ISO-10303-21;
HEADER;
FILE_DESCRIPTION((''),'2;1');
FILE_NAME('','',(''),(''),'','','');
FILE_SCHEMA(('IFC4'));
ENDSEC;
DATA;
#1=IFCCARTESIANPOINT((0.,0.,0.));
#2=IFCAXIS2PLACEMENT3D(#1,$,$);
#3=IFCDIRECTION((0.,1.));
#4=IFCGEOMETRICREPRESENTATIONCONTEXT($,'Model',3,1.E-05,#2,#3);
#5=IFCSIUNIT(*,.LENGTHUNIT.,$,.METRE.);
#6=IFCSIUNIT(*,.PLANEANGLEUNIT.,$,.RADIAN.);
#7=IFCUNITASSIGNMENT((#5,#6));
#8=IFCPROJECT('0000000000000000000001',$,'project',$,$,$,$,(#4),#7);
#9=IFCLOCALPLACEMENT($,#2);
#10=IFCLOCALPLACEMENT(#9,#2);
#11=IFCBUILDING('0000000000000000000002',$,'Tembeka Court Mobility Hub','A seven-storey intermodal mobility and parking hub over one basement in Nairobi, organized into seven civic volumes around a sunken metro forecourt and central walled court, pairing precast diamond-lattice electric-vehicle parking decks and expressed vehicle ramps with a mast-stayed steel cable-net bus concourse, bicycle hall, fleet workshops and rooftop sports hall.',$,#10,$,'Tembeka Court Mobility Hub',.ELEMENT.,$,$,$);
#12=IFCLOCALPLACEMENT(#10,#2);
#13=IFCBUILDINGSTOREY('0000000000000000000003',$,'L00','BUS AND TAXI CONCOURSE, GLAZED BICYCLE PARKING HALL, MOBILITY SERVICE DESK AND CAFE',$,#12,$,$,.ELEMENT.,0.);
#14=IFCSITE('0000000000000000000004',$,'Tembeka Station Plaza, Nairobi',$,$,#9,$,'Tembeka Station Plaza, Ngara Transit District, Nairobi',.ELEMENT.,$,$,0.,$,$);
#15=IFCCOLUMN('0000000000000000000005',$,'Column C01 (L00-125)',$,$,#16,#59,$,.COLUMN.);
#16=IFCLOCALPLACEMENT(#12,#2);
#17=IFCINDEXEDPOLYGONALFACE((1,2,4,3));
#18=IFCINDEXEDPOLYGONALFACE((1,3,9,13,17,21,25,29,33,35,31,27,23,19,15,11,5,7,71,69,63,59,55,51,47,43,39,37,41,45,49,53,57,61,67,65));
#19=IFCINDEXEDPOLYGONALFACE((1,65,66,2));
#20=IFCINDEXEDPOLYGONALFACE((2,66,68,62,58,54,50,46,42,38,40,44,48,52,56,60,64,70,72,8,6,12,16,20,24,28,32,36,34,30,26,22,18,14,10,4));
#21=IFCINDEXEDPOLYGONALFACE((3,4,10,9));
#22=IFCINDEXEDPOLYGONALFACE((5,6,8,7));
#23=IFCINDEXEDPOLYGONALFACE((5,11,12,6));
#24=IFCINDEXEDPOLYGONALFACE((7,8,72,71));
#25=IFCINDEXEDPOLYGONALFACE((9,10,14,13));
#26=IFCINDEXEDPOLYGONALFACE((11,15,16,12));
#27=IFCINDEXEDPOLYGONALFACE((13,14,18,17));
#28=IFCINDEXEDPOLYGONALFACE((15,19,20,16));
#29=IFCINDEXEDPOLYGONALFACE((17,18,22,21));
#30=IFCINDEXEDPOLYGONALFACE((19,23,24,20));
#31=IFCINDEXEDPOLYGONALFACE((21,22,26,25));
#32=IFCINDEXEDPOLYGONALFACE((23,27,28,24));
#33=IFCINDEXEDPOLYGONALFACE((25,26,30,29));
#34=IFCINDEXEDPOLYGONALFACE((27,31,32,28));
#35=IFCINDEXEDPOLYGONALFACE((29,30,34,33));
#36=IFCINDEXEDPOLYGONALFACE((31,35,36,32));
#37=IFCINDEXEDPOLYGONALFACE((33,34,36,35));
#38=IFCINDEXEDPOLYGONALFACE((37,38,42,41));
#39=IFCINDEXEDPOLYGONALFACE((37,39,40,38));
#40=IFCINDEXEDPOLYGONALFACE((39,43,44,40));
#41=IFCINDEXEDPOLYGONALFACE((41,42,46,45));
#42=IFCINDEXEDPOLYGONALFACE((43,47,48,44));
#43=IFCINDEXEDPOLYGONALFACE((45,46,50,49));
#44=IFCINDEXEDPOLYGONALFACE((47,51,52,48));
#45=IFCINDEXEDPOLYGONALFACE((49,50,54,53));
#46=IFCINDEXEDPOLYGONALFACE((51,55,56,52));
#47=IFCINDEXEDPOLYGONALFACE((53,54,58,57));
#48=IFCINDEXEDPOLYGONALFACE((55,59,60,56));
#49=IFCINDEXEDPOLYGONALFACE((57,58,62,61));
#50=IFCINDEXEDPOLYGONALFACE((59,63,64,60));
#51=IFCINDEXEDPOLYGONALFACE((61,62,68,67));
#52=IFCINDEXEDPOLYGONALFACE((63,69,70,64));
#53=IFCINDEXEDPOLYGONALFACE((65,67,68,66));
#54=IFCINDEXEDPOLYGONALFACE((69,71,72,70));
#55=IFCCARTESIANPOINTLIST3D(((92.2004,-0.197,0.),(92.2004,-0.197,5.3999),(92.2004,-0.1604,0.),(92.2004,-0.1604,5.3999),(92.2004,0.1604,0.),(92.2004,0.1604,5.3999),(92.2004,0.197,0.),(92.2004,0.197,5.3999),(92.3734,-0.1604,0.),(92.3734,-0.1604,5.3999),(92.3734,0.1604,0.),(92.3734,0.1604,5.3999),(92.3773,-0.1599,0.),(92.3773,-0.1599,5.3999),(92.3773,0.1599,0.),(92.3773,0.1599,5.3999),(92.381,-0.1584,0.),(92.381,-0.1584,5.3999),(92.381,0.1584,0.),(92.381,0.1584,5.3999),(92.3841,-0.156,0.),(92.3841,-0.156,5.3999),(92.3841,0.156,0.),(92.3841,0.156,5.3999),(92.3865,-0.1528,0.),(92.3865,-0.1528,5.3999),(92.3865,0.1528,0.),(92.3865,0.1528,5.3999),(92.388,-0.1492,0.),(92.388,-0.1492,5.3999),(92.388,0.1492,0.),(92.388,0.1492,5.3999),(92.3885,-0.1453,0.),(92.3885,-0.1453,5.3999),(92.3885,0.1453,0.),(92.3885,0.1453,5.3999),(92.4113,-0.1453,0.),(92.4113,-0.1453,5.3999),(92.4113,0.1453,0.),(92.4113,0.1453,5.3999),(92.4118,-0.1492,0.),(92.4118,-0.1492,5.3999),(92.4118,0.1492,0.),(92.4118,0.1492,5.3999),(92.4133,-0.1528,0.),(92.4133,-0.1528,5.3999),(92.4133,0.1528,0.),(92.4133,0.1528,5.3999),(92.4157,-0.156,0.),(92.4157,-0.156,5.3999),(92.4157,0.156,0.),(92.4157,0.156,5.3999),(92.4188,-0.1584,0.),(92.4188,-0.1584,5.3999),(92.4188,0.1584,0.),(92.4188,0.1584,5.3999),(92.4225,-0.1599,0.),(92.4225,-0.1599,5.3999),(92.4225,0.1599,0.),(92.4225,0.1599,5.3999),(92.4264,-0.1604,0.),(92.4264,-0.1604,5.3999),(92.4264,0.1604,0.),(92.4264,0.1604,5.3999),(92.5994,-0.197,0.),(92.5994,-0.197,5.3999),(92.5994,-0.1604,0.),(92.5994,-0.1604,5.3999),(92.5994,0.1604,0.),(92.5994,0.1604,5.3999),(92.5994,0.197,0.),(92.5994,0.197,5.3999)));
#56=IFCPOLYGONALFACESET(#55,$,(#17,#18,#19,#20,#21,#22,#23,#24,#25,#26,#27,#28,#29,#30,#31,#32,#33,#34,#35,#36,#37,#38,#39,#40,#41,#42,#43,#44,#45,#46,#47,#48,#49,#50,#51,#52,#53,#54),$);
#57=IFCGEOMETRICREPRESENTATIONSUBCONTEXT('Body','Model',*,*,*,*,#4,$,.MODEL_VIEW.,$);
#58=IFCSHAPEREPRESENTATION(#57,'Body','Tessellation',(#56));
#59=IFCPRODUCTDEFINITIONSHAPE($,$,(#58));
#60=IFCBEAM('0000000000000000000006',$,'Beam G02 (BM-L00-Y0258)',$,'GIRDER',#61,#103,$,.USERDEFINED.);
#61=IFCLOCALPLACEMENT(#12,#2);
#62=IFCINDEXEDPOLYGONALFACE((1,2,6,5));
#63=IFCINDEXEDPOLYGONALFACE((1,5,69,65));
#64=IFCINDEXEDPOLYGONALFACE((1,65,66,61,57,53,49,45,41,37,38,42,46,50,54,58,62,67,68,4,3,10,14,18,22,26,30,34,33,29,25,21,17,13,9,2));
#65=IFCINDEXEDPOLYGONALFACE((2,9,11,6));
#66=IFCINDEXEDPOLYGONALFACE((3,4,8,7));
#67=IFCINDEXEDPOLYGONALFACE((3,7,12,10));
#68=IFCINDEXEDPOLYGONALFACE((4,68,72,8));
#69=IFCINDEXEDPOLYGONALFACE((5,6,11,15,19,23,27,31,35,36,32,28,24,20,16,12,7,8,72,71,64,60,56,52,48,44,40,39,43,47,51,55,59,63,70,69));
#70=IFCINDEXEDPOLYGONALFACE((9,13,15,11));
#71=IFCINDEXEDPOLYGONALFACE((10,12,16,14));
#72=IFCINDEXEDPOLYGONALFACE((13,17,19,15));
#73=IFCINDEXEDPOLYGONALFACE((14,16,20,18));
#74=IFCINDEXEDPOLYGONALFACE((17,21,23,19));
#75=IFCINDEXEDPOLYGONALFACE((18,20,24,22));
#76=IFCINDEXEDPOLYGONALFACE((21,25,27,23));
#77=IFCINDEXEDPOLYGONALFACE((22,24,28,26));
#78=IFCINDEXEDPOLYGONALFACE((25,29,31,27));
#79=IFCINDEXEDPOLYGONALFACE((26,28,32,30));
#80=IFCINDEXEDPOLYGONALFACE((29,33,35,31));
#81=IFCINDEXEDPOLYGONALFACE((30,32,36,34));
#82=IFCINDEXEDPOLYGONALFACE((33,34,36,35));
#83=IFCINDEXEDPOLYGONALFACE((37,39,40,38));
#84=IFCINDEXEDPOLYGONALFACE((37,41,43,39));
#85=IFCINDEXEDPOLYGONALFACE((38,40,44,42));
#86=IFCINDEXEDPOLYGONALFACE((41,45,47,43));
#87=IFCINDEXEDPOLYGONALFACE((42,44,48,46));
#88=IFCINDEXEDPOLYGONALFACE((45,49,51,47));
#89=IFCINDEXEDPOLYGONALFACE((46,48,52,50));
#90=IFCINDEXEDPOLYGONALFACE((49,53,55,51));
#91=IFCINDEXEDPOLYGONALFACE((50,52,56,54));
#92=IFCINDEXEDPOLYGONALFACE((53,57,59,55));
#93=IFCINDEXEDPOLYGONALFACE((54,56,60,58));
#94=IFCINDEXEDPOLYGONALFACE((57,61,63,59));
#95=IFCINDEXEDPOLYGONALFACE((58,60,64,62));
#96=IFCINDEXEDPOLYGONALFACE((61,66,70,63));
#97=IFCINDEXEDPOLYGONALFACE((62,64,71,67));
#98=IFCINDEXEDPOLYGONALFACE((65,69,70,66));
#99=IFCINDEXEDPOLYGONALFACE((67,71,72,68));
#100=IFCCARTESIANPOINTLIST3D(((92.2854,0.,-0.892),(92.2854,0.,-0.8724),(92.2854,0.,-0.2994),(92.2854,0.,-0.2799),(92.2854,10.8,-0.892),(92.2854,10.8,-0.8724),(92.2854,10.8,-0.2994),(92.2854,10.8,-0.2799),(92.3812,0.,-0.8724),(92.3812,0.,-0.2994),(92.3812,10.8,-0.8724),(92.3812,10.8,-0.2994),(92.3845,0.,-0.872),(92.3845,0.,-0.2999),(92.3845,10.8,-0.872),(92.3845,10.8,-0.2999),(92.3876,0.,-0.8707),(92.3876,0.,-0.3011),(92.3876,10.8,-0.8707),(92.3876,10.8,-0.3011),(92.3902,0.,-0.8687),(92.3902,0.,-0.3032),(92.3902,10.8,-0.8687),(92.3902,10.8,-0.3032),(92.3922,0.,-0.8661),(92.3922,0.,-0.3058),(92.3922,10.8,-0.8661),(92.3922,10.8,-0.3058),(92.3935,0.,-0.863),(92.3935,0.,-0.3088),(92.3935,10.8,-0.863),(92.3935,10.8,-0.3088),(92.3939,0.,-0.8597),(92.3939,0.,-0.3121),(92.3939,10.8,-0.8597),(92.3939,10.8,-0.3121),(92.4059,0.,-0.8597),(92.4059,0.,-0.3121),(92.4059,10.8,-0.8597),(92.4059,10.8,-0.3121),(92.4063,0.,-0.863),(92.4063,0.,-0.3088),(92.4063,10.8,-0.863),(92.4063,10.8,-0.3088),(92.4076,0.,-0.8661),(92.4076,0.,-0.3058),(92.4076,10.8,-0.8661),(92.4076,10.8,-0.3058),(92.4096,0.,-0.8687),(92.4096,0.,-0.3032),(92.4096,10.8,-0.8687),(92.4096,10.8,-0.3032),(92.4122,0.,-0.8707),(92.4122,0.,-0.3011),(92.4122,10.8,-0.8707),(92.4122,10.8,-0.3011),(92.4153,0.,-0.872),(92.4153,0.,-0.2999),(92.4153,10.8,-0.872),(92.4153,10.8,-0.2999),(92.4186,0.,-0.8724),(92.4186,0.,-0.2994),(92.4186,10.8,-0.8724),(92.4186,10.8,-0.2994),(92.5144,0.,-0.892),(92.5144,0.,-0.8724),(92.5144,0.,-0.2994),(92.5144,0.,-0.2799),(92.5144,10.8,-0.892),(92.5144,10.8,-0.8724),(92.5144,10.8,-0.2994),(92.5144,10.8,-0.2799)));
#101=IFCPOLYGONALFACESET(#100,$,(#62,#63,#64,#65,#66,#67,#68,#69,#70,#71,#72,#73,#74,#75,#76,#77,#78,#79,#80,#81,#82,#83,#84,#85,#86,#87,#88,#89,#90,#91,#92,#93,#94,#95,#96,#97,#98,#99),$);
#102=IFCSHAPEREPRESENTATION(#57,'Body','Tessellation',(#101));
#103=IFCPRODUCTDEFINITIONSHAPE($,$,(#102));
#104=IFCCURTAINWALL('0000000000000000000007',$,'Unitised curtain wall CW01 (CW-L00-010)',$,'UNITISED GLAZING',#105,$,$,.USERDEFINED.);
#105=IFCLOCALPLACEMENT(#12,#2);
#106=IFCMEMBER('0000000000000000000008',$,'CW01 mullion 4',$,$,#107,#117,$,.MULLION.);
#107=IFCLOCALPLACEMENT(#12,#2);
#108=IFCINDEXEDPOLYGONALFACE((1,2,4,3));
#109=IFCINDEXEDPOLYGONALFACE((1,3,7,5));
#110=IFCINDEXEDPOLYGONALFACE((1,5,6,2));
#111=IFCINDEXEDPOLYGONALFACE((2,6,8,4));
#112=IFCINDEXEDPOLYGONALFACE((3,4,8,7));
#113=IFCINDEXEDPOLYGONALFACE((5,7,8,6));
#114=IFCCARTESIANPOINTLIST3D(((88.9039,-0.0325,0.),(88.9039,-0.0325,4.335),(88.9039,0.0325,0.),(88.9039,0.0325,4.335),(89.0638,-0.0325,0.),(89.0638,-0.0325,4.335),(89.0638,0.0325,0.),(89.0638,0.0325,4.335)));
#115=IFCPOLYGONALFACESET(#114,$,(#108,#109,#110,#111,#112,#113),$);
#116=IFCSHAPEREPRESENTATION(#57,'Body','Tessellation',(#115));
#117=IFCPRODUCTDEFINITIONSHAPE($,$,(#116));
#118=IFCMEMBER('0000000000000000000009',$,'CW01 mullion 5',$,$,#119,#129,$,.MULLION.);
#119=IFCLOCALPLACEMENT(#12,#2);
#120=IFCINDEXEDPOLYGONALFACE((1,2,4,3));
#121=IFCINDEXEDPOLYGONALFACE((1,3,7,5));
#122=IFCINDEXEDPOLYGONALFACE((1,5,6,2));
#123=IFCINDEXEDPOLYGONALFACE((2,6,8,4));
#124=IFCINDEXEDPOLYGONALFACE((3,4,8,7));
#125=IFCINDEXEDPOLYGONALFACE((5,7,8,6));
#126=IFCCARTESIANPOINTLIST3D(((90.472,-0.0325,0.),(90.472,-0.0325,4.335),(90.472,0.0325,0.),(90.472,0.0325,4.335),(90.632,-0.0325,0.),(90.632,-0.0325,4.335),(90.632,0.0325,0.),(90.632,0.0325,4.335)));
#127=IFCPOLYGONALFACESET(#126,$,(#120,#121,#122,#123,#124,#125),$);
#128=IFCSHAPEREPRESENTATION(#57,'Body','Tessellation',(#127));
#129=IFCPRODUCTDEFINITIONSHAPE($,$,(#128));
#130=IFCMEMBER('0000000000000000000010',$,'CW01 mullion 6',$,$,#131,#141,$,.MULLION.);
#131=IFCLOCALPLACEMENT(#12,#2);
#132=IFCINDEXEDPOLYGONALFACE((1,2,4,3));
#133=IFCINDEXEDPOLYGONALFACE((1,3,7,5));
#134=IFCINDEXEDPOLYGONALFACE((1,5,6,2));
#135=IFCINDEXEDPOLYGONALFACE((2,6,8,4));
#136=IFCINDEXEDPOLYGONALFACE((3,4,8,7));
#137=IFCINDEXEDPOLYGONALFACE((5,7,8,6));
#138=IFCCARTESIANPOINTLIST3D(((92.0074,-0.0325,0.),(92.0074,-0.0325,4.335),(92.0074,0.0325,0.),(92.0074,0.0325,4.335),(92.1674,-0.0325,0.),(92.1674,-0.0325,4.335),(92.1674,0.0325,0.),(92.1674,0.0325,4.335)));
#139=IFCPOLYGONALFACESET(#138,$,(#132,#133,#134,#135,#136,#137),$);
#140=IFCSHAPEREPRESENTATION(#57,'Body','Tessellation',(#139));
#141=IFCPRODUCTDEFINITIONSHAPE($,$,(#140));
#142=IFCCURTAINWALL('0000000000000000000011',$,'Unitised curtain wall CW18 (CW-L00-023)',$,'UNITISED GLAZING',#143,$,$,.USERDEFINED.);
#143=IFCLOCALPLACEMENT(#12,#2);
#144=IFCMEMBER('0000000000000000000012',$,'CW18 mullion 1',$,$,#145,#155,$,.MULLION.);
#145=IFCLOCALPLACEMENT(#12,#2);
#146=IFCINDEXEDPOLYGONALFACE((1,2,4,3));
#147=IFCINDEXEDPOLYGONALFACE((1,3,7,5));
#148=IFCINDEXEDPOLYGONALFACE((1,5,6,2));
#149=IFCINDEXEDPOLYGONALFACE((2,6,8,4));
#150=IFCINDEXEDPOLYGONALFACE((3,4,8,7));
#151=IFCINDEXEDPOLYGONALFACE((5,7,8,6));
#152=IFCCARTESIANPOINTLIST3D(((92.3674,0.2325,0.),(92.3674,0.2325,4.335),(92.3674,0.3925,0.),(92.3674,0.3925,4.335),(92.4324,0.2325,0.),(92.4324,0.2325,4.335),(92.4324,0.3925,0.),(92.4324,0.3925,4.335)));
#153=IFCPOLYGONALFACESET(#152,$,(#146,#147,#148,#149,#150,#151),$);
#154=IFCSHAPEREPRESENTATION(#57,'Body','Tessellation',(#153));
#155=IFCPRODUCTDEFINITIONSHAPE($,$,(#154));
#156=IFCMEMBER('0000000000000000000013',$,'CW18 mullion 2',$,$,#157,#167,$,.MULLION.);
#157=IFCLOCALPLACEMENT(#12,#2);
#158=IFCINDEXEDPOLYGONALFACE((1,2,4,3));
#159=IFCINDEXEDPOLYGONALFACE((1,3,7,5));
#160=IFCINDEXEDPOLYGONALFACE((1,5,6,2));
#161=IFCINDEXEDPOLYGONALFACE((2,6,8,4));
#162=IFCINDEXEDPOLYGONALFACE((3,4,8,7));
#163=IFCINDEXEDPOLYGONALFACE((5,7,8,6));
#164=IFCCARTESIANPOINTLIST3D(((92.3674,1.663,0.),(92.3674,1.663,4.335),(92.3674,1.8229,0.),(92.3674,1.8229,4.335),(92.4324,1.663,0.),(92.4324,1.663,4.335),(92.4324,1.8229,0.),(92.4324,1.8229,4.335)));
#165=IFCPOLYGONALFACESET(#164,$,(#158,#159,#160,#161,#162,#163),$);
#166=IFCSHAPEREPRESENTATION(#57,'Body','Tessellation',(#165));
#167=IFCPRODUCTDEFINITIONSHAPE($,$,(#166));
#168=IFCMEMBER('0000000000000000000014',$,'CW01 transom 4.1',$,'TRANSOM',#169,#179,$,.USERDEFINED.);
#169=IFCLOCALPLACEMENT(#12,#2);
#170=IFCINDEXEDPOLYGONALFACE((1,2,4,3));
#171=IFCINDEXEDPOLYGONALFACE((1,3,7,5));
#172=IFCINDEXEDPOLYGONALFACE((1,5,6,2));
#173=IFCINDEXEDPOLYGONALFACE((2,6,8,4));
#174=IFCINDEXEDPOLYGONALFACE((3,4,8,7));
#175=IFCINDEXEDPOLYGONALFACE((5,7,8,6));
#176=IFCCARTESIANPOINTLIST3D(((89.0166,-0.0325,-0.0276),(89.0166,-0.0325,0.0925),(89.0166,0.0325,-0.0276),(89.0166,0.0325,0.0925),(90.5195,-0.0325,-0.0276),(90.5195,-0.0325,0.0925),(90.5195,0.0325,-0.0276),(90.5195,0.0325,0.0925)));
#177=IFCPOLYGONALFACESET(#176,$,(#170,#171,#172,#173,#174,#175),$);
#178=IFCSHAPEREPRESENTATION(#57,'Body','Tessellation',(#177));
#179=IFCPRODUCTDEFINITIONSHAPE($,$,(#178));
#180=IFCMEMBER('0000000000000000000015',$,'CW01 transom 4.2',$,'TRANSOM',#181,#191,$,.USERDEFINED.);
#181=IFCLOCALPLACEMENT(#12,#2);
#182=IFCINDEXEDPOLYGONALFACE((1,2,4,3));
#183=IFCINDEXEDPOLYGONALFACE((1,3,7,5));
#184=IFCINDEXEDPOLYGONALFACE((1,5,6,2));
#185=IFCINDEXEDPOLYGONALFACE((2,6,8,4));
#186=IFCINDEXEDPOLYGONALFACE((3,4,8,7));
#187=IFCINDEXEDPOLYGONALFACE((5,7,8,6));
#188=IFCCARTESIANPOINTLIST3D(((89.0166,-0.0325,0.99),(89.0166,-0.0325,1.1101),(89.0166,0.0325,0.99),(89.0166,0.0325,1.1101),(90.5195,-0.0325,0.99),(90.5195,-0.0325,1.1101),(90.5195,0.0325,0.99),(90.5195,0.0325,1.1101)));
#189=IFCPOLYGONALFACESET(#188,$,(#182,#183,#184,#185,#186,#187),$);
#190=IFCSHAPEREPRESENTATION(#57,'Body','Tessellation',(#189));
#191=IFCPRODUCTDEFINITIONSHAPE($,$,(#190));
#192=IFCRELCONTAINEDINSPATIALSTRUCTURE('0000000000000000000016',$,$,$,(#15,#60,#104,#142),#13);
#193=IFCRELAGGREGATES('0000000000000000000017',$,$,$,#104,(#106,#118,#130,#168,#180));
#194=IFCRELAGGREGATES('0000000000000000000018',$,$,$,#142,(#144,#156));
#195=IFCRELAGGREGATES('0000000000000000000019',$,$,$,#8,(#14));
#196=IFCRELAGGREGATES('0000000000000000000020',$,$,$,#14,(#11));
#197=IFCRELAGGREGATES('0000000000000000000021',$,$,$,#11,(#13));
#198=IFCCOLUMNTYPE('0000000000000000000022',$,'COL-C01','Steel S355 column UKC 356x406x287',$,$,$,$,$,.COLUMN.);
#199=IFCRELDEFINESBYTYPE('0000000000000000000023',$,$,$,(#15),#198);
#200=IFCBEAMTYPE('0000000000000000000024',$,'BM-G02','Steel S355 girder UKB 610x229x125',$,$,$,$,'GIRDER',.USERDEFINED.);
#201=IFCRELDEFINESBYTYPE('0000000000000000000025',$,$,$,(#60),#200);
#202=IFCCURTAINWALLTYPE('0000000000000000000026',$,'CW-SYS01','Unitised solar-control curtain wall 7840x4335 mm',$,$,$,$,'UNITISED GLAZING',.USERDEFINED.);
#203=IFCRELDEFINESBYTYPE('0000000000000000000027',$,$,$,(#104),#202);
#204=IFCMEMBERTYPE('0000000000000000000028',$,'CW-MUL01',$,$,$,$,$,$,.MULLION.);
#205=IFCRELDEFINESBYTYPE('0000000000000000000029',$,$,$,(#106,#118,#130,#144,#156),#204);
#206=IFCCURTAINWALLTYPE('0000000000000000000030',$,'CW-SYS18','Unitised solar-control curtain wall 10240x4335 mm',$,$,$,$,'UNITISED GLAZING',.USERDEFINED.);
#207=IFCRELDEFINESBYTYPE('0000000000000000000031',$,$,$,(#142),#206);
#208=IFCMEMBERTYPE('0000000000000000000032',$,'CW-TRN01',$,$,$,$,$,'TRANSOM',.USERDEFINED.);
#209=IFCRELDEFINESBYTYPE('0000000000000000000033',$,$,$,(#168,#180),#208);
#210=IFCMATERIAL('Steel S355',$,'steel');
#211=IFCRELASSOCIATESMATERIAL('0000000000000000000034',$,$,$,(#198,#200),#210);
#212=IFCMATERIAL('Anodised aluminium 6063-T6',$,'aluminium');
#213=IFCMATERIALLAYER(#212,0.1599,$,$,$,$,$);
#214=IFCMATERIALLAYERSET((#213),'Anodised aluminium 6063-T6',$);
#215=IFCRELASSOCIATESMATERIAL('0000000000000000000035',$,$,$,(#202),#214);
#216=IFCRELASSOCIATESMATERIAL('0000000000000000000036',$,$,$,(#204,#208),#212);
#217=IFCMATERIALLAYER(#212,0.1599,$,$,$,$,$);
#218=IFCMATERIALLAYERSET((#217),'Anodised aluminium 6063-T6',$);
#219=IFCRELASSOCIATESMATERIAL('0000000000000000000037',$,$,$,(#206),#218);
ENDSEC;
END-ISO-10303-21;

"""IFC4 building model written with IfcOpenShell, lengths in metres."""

from ifc_helpers import new_model, si_unit, direction, frame, origin, origin_2d, place, context, subcontext, project, spatial, rectangle, i_section, extrude, material, layer, layer_set, material_profile, profile_set, type_object, element, aggregate, save


model = new_model("IFC4")

# Units and contexts
model_context = context("Model", 3, precision=1e-05, world=origin(), true_north=direction((0.0, 1.0)))
body_context = subcontext(model_context, "Body", "Model", "MODEL_VIEW")
ifc_project = project(units=[si_unit("LENGTHUNIT", "METRE"), si_unit("PLANEANGLEUNIT", "RADIAN")], contexts=[model_context])

# Site, building, storey
site_placement = place(None, origin())
site = spatial("IfcSite", under=ifc_project, at=site_placement, Name="Tembeka Station Plaza, Nairobi", LongName="Tembeka Station Plaza, Ngara Transit District, Nairobi", CompositionType="ELEMENT", RefElevation=0.0)
building_placement = place(site_placement, origin())
building = spatial("IfcBuilding", under=site, at=building_placement, Name="Tembeka Court Mobility Hub", Description="A seven-storey intermodal mobility and parking hub over one basement in Nairobi, organized into seven civic volumes around a sunken metro forecourt and central walled court, pairing precast diamond-lattice electric-vehicle parking decks and expressed vehicle ramps with a mast-stayed steel cable-net bus concourse, bicycle hall, fleet workshops and rooftop sports hall.", LongName="Tembeka Court Mobility Hub", CompositionType="ELEMENT")
storey_placement = place(building_placement, origin())
storey = spatial("IfcBuildingStorey", under=building, at=storey_placement, Name="L00", Description="BUS AND TAXI CONCOURSE, GLAZED BICYCLE PARKING HALL, MOBILITY SERVICE DESK AND CAFE", CompositionType="ELEMENT", Elevation=0.0)

# Column
ifc_material_1 = material(Name="Steel S355", Category="steel")
ifc_material_profile_1 = material_profile(ifc_material_1, i_section(OverallWidth=0.3989, OverallDepth=0.394, WebThickness=0.0227, FlangeThickness=0.0366, FilletRadius=0.0151, at=origin_2d()), Name="UKC 356x406x287")
ifc_profile_set_1 = profile_set([ifc_material_profile_1], Name="Steel S355")
column_type = type_object("IfcColumnType", Name="COL-C01", Description="Steel S355 column UKC 356x406x287", PredefinedType="COLUMN", material=ifc_profile_set_1)
column_placement = place(storey_placement, frame((92.3999, 0.0, 0.0), z_axis=(0.0, 0.0, 1.0), x_axis=(1.0, 0.0, 0.0)))
element("IfcColumn", 1, at=column_placement, inside=storey, type_object=column_type, Name="Column C01 (L00-125)", PredefinedType="COLUMN", context=body_context, shape_type="SweptSolid", body=[
    extrude(i_section(OverallWidth=0.3989, OverallDepth=0.394, WebThickness=0.0227, FlangeThickness=0.0366, FilletRadius=0.0151, at=origin_2d()), origin(), (0.0, 0.0, 1.0), 5.3999),
])

# Beam
ifc_material_profile_2 = material_profile(ifc_material_1, i_section(OverallWidth=0.229, OverallDepth=0.6121, WebThickness=0.012, FlangeThickness=0.0195, FilletRadius=0.0127, at=origin_2d()), Name="UKB 610x229x125")
ifc_profile_set_2 = profile_set([ifc_material_profile_2], Name="Steel S355")
beam_type = type_object("IfcBeamType", Name="BM-G02", Description="Steel S355 girder UKB 610x229x125", ElementType="GIRDER", PredefinedType="USERDEFINED", material=ifc_profile_set_2)
beam_placement = place(storey_placement, frame((92.3999, 0.0, -0.5859), z_axis=(0.0, 1.0, 0.0), x_axis=(-1.0, 0.0, 0.0)))
element("IfcBeam", 2, at=beam_placement, inside=storey, type_object=beam_type, Name="Beam G02 (BM-L00-Y0258)", ObjectType="GIRDER", PredefinedType="USERDEFINED", context=body_context, shape_type="SweptSolid", body=[
    extrude(i_section(OverallWidth=0.229, OverallDepth=0.6121, WebThickness=0.012, FlangeThickness=0.0195, FilletRadius=0.0127, at=origin_2d()), origin(), (0.0, 0.0, 1.0), 10.8),
])

# Curtain walls, members
ifc_material_2 = material(Name="Anodised aluminium 6063-T6", Category="aluminium")
ifc_layer_1 = layer(ifc_material_2, 0.1599)
ifc_layer_set_1 = layer_set([ifc_layer_1], Name="Anodised aluminium 6063-T6")
curtain_wall_type_1 = type_object("IfcCurtainWallType", Name="CW-SYS01", Description="Unitised solar-control curtain wall 7840x4335 mm", ElementType="UNITISED GLAZING", PredefinedType="USERDEFINED", material=ifc_layer_set_1)
curtain_wall_1_placement = place(storey_placement, origin())
curtain_wall_1 = element("IfcCurtainWall", 3, at=curtain_wall_1_placement, inside=storey, type_object=curtain_wall_type_1, Name="Unitised curtain wall CW01 (CW-L00-010)", ObjectType="UNITISED GLAZING", PredefinedType="USERDEFINED")
ifc_material_profile_3 = material_profile(ifc_material_2, rectangle(XDim=0.0649, YDim=0.1599, at=origin_2d()), Name="ALU-MUL 65x160")
ifc_profile_set_3 = profile_set([ifc_material_profile_3], Name="Anodised aluminium 6063-T6")
member_type_1 = type_object("IfcMemberType", Name="CW-MUL01", PredefinedType="MULLION", material=ifc_profile_set_3)
member_1_placement = place(storey_placement, frame((88.9839, 0.0, 0.0), z_axis=(0.0, 0.0, 1.0), x_axis=(0.0, 1.0, 0.0)))
member_1 = element("IfcMember", 4, at=member_1_placement, type_object=member_type_1, Name="CW01 mullion 4", PredefinedType="MULLION", context=body_context, shape_type="SweptSolid", body=[
    extrude(rectangle(XDim=0.0649, YDim=0.1599, at=origin_2d()), origin(), (0.0, 0.0, 1.0), 4.335),
])
member_2_placement = place(storey_placement, frame((90.552, 0.0, 0.0), z_axis=(0.0, 0.0, 1.0), x_axis=(0.0, 1.0, 0.0)))
member_2 = element("IfcMember", 5, at=member_2_placement, type_object=member_type_1, Name="CW01 mullion 5", PredefinedType="MULLION", context=body_context, shape_type="SweptSolid", body=[
    extrude(rectangle(XDim=0.0649, YDim=0.1599, at=origin_2d()), origin(), (0.0, 0.0, 1.0), 4.335),
])
member_3_placement = place(storey_placement, frame((92.0874, 0.0, 0.0), z_axis=(0.0, 0.0, 1.0), x_axis=(0.0, 1.0, 0.0)))
member_3 = element("IfcMember", 6, at=member_3_placement, type_object=member_type_1, Name="CW01 mullion 6", PredefinedType="MULLION", context=body_context, shape_type="SweptSolid", body=[
    extrude(rectangle(XDim=0.0649, YDim=0.1599, at=origin_2d()), origin(), (0.0, 0.0, 1.0), 4.335),
])
ifc_layer_2 = layer(ifc_material_2, 0.1599)
ifc_layer_set_2 = layer_set([ifc_layer_2], Name="Anodised aluminium 6063-T6")
curtain_wall_type_2 = type_object("IfcCurtainWallType", Name="CW-SYS18", Description="Unitised solar-control curtain wall 10240x4335 mm", ElementType="UNITISED GLAZING", PredefinedType="USERDEFINED", material=ifc_layer_set_2)
curtain_wall_2_placement = place(storey_placement, origin())
curtain_wall_2 = element("IfcCurtainWall", 7, at=curtain_wall_2_placement, inside=storey, type_object=curtain_wall_type_2, Name="Unitised curtain wall CW18 (CW-L00-023)", ObjectType="UNITISED GLAZING", PredefinedType="USERDEFINED")
member_4_placement = place(storey_placement, frame((92.3999, 0.3125, 0.0), z_axis=(0.0, 0.0, 1.0), x_axis=(-1.0, 0.0, 0.0)))
member_4 = element("IfcMember", 8, at=member_4_placement, type_object=member_type_1, Name="CW18 mullion 1", PredefinedType="MULLION", context=body_context, shape_type="SweptSolid", body=[
    extrude(rectangle(XDim=0.0649, YDim=0.1599, at=origin_2d()), origin(), (0.0, 0.0, 1.0), 4.335),
])
member_5_placement = place(storey_placement, frame((92.3999, 1.7429, 0.0), z_axis=(0.0, 0.0, 1.0), x_axis=(-1.0, 0.0, 0.0)))
member_5 = element("IfcMember", 9, at=member_5_placement, type_object=member_type_1, Name="CW18 mullion 2", PredefinedType="MULLION", context=body_context, shape_type="SweptSolid", body=[
    extrude(rectangle(XDim=0.0649, YDim=0.1599, at=origin_2d()), origin(), (0.0, 0.0, 1.0), 4.335),
])

# Members
ifc_material_profile_4 = material_profile(ifc_material_2, rectangle(XDim=0.0649, YDim=0.1201, at=origin_2d()), Name="ALU-TRN 65x120")
ifc_profile_set_4 = profile_set([ifc_material_profile_4], Name="Anodised aluminium 6063-T6")
member_type_2 = type_object("IfcMemberType", Name="CW-TRN01", ElementType="TRANSOM", PredefinedType="USERDEFINED", material=ifc_profile_set_4)
member_6_placement = place(storey_placement, frame((89.0166, 0.0, 0.0325), z_axis=(1.0, 0.0, 0.0), x_axis=(0.0, 1.0, 0.0)))
member_6 = element("IfcMember", 10, at=member_6_placement, type_object=member_type_2, Name="CW01 transom 4.1", ObjectType="TRANSOM", PredefinedType="USERDEFINED", context=body_context, shape_type="SweptSolid", body=[
    extrude(rectangle(XDim=0.0649, YDim=0.1201, at=origin_2d()), origin(), (0.0, 0.0, 1.0), 1.5029),
])
member_7_placement = place(storey_placement, frame((89.0166, 0.0, 1.05), z_axis=(1.0, 0.0, 0.0), x_axis=(0.0, 1.0, 0.0)))
member_7 = element("IfcMember", 11, at=member_7_placement, type_object=member_type_2, Name="CW01 transom 4.2", ObjectType="TRANSOM", PredefinedType="USERDEFINED", context=body_context, shape_type="SweptSolid", body=[
    extrude(rectangle(XDim=0.0649, YDim=0.1201, at=origin_2d()), origin(), (0.0, 0.0, 1.0), 1.5029),
])

aggregate(curtain_wall_1, [member_1, member_2, member_3, member_6, member_7])
aggregate(curtain_wall_2, [member_4, member_5])

save(model, "model.ifc")
